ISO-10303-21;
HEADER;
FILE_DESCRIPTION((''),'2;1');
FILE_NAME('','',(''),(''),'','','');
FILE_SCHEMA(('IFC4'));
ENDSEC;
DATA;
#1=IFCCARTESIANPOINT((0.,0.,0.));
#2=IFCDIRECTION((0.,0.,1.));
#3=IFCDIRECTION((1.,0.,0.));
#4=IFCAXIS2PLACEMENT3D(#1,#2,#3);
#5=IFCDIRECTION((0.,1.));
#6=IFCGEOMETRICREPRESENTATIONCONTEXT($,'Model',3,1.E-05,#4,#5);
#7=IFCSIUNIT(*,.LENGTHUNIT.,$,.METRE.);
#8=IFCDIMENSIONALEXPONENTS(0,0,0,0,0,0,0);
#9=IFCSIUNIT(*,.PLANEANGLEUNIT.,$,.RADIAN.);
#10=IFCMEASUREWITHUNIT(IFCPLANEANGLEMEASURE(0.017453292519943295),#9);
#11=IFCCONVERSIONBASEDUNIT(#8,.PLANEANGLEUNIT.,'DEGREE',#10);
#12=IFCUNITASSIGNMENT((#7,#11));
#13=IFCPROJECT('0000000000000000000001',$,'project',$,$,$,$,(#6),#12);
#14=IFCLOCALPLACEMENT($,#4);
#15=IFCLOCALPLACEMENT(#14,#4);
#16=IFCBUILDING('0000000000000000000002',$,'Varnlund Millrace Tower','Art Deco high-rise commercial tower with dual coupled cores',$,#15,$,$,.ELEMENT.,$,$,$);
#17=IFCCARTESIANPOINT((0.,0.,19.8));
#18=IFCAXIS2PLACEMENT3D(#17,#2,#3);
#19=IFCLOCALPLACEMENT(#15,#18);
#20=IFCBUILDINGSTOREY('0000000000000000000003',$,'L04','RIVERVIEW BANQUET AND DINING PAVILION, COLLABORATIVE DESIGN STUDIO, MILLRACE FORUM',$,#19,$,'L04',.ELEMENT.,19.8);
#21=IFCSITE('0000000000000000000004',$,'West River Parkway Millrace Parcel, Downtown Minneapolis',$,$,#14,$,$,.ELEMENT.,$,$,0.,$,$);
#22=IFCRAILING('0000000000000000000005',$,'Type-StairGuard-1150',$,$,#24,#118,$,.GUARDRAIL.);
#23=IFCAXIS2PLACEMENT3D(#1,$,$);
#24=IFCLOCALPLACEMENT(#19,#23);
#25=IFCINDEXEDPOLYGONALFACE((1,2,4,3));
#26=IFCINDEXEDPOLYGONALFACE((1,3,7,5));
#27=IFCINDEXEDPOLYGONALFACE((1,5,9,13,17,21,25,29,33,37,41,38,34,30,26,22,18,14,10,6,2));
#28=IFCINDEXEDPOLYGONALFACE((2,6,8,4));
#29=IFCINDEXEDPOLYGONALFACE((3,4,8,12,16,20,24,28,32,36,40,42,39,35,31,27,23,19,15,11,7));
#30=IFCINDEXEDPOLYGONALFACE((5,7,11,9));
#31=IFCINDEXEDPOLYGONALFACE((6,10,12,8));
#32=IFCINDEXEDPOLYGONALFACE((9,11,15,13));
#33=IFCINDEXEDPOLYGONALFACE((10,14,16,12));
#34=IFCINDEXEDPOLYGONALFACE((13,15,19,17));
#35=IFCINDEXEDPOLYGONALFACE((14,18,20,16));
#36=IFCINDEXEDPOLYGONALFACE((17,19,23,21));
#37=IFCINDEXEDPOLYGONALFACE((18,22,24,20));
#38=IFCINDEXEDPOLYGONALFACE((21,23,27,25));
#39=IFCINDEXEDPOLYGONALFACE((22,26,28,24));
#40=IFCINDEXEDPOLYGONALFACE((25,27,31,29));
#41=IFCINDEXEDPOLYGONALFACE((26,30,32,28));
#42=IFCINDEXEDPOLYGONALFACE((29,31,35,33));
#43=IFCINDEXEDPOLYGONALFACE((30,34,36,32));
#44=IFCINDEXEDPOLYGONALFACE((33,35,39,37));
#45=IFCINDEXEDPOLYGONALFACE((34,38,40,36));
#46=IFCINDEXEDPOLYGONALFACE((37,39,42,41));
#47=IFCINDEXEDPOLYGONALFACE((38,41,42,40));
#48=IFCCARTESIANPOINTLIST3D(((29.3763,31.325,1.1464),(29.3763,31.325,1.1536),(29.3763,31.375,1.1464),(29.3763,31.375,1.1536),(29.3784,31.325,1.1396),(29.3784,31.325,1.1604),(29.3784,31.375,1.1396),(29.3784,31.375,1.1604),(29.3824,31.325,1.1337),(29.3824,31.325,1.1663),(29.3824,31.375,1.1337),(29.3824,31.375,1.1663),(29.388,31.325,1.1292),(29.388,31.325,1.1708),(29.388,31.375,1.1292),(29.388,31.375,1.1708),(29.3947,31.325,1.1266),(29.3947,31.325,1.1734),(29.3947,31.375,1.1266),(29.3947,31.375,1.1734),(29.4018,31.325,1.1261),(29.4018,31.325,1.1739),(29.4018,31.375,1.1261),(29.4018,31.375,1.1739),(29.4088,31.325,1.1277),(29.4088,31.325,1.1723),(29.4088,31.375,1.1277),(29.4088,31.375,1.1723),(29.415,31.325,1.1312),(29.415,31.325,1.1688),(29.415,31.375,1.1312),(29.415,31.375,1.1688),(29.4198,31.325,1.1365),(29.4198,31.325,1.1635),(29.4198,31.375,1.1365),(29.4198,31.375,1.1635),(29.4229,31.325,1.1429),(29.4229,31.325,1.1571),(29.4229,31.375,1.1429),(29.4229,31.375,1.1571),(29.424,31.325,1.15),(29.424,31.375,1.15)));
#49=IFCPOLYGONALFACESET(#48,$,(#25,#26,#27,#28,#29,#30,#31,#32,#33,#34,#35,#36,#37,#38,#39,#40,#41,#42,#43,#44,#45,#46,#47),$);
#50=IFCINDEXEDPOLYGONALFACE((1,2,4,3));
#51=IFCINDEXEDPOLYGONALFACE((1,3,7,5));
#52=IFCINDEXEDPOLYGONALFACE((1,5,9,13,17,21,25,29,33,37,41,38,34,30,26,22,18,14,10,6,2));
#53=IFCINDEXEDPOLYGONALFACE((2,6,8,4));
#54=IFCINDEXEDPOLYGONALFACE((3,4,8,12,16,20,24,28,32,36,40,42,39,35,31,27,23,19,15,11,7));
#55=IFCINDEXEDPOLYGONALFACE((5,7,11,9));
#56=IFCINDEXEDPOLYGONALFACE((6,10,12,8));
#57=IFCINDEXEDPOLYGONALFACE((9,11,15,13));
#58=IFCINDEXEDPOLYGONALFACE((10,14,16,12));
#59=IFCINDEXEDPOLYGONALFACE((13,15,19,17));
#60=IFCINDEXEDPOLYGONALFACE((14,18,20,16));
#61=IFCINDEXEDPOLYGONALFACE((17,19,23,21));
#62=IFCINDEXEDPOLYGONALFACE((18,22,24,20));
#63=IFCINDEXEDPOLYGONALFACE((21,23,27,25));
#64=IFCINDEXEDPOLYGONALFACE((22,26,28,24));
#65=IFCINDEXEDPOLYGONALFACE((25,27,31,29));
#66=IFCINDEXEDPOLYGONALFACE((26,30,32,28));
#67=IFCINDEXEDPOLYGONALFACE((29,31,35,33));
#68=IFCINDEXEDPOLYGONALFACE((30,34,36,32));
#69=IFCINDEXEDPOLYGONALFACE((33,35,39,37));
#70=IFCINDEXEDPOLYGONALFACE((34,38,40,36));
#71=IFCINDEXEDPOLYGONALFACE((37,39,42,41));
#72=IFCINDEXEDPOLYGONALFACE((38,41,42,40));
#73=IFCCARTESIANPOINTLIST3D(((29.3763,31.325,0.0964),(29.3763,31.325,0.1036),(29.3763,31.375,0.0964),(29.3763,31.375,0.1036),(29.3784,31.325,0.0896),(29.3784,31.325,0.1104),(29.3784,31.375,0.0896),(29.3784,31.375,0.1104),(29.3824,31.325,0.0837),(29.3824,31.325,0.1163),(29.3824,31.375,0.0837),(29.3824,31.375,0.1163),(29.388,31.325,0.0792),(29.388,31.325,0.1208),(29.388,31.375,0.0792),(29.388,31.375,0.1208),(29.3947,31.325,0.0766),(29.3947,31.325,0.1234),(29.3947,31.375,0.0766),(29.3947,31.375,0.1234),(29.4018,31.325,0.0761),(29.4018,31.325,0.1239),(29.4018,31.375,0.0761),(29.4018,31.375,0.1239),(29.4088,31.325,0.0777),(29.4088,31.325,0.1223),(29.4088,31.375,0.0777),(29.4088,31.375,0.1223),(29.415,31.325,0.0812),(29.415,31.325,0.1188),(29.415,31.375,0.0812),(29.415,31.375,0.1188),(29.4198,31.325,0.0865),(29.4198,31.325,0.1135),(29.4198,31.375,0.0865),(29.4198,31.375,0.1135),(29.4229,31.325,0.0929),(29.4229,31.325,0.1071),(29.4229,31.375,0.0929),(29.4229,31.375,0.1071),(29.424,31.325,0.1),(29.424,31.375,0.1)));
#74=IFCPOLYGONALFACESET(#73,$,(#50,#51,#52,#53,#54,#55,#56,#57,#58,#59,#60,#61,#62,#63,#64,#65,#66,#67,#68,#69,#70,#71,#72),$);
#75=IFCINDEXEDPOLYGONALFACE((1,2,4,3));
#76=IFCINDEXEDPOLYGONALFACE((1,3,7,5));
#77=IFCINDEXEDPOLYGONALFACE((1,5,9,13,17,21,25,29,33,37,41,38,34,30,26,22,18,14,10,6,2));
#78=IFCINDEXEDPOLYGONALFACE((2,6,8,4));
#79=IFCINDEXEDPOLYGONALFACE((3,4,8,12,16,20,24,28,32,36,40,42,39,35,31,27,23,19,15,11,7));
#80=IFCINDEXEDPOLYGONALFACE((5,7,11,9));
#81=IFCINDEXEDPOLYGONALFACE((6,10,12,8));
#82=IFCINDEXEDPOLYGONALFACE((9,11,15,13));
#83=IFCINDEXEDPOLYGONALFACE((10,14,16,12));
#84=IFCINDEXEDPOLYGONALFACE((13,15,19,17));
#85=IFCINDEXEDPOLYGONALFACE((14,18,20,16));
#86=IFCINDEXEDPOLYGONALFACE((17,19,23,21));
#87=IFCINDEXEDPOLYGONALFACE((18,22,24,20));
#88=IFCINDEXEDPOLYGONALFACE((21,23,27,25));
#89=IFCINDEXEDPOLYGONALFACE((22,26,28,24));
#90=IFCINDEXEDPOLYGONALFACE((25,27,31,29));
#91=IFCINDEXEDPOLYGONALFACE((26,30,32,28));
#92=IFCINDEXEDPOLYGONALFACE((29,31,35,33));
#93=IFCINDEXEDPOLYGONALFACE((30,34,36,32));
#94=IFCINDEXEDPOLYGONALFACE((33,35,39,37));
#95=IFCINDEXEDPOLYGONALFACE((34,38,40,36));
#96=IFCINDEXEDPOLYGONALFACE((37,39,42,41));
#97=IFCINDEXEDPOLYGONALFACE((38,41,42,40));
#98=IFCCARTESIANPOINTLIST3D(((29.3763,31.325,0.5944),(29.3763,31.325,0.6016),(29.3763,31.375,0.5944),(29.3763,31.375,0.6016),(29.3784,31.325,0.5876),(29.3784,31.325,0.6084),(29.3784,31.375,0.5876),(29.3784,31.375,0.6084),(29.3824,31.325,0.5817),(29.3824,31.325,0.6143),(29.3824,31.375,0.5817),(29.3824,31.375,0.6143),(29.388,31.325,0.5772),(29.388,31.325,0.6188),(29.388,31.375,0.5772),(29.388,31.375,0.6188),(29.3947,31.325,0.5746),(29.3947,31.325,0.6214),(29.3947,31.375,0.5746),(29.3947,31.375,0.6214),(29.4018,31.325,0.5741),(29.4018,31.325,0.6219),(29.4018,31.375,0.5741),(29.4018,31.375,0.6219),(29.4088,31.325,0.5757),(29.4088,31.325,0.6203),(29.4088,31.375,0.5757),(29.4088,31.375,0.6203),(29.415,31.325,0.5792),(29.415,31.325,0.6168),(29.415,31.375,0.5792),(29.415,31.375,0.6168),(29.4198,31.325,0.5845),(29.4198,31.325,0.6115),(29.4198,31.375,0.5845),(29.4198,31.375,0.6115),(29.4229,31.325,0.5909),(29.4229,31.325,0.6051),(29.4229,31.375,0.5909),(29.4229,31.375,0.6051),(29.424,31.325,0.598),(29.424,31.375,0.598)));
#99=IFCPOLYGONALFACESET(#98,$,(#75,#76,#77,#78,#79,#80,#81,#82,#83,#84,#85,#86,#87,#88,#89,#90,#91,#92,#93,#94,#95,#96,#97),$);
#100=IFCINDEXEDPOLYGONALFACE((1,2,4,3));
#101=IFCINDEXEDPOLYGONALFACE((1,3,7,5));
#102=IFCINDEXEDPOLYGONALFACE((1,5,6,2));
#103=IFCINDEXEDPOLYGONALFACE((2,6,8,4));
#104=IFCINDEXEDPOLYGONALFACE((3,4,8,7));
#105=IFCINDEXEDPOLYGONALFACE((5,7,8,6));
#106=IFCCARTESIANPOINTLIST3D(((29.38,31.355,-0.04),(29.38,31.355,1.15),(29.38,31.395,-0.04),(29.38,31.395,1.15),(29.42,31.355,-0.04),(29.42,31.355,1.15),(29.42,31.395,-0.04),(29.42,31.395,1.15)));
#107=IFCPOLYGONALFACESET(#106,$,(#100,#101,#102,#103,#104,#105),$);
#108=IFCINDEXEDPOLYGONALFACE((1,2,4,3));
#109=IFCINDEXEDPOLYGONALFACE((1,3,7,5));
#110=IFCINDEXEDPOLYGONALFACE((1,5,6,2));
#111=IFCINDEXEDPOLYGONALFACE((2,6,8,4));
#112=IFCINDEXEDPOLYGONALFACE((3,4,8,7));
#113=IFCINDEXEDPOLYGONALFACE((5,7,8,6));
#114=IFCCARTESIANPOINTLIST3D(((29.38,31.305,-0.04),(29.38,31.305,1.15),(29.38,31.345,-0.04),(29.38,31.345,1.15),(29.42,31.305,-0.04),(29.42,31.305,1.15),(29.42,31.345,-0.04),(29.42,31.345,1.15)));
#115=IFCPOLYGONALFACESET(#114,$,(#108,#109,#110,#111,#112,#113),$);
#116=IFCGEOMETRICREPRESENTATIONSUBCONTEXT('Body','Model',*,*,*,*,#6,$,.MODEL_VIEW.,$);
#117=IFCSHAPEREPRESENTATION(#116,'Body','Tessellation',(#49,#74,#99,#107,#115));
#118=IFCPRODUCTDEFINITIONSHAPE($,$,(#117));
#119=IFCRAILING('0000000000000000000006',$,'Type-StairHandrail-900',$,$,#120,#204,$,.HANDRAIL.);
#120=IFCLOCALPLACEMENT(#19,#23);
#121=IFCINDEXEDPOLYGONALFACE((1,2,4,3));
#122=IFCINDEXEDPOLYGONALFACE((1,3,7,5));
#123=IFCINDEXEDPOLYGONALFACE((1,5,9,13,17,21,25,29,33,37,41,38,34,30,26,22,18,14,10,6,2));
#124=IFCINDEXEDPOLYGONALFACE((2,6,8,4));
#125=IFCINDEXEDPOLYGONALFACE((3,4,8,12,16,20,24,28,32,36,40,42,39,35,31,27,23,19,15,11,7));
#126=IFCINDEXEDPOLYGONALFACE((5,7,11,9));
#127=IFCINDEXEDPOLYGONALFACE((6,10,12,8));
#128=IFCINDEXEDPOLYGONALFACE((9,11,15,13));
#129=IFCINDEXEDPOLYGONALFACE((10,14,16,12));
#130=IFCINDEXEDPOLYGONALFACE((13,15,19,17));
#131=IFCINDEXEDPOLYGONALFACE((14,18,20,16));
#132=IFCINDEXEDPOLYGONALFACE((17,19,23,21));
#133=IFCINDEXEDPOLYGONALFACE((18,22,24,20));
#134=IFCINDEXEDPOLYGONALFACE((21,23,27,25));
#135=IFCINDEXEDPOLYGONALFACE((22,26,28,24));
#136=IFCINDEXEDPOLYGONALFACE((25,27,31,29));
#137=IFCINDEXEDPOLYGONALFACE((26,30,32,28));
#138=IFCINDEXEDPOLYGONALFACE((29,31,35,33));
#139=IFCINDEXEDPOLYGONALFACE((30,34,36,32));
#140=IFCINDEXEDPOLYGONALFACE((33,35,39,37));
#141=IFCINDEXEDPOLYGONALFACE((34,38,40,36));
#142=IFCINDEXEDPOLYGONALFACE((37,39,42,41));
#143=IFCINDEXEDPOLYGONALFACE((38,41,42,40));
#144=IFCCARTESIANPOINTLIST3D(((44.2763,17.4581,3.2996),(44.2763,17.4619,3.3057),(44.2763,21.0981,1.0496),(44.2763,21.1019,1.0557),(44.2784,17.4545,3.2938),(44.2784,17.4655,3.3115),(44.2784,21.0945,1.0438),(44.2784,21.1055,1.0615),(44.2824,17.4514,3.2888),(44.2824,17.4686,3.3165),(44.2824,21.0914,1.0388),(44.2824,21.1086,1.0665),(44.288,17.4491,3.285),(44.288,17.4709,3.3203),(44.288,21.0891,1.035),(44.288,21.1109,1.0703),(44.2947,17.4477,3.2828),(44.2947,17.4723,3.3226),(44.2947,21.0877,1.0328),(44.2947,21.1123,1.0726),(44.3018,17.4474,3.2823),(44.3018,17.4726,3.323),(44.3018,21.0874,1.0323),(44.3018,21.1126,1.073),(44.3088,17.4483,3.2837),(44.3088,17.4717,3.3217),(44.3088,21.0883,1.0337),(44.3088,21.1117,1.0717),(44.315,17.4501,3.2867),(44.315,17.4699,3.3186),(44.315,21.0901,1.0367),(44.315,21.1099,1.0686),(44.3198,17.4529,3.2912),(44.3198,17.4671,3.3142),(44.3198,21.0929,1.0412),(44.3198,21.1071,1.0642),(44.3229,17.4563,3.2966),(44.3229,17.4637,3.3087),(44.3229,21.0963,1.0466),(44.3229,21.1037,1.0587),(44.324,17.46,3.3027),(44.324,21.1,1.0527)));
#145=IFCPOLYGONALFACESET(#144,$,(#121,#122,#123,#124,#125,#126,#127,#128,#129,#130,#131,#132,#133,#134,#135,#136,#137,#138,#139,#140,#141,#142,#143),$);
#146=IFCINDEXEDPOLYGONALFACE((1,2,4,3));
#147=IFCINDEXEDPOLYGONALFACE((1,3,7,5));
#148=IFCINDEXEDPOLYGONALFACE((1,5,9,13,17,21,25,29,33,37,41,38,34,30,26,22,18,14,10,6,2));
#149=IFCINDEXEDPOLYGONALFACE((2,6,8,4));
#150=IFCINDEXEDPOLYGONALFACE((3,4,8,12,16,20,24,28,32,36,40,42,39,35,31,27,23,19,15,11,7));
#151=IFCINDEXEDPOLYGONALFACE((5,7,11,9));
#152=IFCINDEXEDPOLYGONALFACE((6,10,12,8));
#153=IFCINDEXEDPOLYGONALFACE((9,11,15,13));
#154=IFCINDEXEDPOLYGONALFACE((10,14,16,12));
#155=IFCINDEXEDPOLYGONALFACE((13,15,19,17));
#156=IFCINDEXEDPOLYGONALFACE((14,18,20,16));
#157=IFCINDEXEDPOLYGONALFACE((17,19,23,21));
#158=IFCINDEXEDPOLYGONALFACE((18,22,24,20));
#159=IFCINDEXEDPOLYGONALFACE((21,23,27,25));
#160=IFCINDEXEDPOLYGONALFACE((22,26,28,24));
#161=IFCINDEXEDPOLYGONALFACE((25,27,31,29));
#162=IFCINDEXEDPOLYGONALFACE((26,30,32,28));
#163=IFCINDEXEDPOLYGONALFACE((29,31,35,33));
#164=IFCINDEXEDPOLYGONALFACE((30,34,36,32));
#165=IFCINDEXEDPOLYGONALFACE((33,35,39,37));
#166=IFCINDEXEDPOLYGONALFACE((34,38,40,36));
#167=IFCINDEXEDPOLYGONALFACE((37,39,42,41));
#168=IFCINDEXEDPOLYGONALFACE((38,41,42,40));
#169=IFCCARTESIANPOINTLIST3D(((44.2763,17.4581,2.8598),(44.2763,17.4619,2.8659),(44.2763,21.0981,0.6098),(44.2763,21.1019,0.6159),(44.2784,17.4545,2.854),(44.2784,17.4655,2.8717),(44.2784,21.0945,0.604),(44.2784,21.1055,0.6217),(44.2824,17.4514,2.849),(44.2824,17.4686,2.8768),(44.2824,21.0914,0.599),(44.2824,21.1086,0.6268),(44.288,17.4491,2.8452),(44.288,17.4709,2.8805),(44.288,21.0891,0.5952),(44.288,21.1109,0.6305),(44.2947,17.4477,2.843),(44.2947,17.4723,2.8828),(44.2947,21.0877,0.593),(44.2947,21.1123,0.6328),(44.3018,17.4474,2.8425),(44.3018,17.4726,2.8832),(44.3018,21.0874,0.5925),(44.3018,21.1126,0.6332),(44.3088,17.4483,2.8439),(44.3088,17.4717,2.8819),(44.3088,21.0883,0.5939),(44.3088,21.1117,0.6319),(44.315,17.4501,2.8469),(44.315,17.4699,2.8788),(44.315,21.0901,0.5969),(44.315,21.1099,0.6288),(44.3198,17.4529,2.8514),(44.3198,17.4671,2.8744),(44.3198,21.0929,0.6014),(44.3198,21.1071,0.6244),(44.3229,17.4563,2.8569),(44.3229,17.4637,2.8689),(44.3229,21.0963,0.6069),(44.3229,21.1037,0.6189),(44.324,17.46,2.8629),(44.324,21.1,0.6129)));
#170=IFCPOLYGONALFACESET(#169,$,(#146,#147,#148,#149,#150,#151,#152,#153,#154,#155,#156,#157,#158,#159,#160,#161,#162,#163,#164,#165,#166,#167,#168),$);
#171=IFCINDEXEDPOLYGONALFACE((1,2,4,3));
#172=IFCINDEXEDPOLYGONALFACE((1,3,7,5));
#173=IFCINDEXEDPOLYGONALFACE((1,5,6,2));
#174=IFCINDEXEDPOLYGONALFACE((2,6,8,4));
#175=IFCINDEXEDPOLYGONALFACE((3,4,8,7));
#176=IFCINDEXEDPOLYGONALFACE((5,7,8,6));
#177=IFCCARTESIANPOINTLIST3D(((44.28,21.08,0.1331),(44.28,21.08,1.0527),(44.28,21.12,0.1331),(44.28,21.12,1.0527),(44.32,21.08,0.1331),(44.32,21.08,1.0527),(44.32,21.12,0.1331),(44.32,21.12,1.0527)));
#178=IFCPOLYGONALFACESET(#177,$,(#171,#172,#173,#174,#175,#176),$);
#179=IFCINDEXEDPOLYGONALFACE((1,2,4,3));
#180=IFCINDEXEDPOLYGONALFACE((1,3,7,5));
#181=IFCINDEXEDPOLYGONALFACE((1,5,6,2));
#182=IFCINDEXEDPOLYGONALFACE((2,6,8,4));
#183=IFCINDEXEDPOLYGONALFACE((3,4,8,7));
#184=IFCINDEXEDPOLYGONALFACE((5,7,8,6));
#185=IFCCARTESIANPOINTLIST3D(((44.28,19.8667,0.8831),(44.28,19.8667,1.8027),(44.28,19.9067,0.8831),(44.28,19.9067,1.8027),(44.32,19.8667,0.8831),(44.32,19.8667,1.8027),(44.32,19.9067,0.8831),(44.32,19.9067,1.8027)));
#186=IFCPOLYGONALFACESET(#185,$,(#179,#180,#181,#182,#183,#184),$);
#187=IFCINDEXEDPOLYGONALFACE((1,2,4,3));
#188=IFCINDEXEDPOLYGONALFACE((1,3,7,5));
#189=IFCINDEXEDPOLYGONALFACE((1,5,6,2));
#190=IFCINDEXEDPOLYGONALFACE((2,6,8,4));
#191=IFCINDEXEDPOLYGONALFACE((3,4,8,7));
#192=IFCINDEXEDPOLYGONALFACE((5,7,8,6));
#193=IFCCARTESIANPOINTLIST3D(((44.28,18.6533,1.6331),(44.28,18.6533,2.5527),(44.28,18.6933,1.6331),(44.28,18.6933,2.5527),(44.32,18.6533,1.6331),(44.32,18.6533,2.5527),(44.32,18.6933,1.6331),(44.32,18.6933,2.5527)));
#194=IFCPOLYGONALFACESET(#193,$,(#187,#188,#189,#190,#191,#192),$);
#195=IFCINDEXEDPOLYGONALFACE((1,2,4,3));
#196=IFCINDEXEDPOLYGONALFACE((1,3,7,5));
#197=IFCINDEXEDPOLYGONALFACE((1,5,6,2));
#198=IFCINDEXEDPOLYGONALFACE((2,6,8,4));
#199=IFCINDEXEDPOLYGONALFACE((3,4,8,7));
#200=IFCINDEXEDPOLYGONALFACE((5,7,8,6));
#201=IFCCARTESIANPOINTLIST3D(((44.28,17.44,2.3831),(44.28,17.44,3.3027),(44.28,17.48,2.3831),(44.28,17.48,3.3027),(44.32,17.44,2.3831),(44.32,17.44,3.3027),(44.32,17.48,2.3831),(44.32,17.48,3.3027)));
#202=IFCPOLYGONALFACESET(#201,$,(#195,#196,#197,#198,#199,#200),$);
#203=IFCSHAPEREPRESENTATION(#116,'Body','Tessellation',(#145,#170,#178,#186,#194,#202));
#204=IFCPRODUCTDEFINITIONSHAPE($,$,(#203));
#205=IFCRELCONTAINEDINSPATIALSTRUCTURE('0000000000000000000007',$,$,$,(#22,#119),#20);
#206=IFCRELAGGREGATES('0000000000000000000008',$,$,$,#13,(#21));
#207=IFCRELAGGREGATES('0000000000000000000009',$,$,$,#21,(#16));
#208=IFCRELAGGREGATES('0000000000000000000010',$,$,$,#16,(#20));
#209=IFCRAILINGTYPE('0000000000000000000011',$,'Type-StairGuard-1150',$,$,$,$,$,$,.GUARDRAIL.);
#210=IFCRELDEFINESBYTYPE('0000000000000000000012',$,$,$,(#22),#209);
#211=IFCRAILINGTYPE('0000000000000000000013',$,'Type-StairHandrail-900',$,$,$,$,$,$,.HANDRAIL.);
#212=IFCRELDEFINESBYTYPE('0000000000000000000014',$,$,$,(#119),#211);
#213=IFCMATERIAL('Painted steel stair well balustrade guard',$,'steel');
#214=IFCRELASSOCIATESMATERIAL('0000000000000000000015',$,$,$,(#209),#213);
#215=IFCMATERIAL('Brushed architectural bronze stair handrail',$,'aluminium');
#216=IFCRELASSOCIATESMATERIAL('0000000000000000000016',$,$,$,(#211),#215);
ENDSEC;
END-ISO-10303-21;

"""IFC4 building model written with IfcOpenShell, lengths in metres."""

from ifc_helpers import new_model, entity, si_unit, converted_unit, direction, frame, origin_with_axes, origin_2d_with_axis, place, context, subcontext, project, spatial, rectangle, circle, extrude, material, type_object, element, save


model = new_model("IFC4")

# Units and contexts
model_context = context("Model", 3, precision=1e-05, world=origin_with_axes(), true_north=direction((0.0, 1.0)))
body_context = subcontext(model_context, "Body", "Model", "MODEL_VIEW")
ifc_project = project(units=[si_unit("LENGTHUNIT", "METRE"), converted_unit("PLANEANGLEUNIT", "DEGREE", entity("IfcPlaneAngleMeasure", 0.017453292519943295), si_unit("PLANEANGLEUNIT", "RADIAN"), dimensions=[0, 0, 0, 0, 0, 0, 0])], contexts=[model_context])

# Site, building, storey
site_placement = place(None, origin_with_axes())
site = spatial("IfcSite", under=ifc_project, at=site_placement, Name="West River Parkway Millrace Parcel, Downtown Minneapolis", CompositionType="ELEMENT", RefElevation=0.0)
building_placement = place(site_placement, origin_with_axes())
building = spatial("IfcBuilding", under=site, at=building_placement, Name="Varnlund Millrace Tower", Description="Art Deco high-rise commercial tower with dual coupled cores", CompositionType="ELEMENT")
storey_placement = place(building_placement, frame((0.0, 0.0, 19.8), z_axis=(0.0, 0.0, 1.0), x_axis=(1.0, 0.0, 0.0)))
storey = spatial("IfcBuildingStorey", under=building, at=storey_placement, Name="L04", Description="RIVERVIEW BANQUET AND DINING PAVILION, COLLABORATIVE DESIGN STUDIO, MILLRACE FORUM", LongName="L04", CompositionType="ELEMENT", Elevation=19.8)

# Railings
ifc_material_1 = material(Name="Painted steel stair well balustrade guard", Category="steel")
railing_type_1 = type_object("IfcRailingType", Name="Type-StairGuard-1150", PredefinedType="GUARDRAIL", material=ifc_material_1)
railing_1_placement = place(storey_placement, frame((0.0, 0.0, -19.8), z_axis=(0.0, 0.0, 1.0), x_axis=(1.0, 0.0, 0.0)))
element("IfcRailing", 1, at=railing_1_placement, inside=storey, type_object=railing_type_1, Name="Type-StairGuard-1150", PredefinedType="GUARDRAIL", context=body_context, shape_type="SweptSolid", body=[
    extrude(circle(Radius=0.024, at=origin_2d_with_axis()), frame((29.4, 31.375, 20.95), z_axis=(0.0, -1.0, 0.0), x_axis=(1.0, 0.0, 0.0)), (0.0, 0.0, 1.0), 0.05),
    extrude(circle(Radius=0.024, at=origin_2d_with_axis()), frame((29.4, 31.375, 19.9), z_axis=(0.0, -1.0, 0.0), x_axis=(1.0, 0.0, 0.0)), (0.0, 0.0, 1.0), 0.05),
    extrude(circle(Radius=0.024, at=origin_2d_with_axis()), frame((29.4, 31.375, 20.398), z_axis=(0.0, -1.0, 0.0), x_axis=(1.0, 0.0, 0.0)), (0.0, 0.0, 1.0), 0.05),
    extrude(rectangle(XDim=0.04, YDim=0.04, at=origin_2d_with_axis()), frame((29.4, 31.375, 19.76), z_axis=(0.0, 0.0, 1.0), x_axis=(1.0, 0.0, 0.0)), (0.0, 0.0, 1.0), 1.19),
    extrude(rectangle(XDim=0.04, YDim=0.04, at=origin_2d_with_axis()), frame((29.4, 31.325, 19.76), z_axis=(0.0, 0.0, 1.0), x_axis=(1.0, 0.0, 0.0)), (0.0, 0.0, 1.0), 1.19),
])
ifc_material_2 = material(Name="Brushed architectural bronze stair handrail", Category="aluminium")
railing_type_2 = type_object("IfcRailingType", Name="Type-StairHandrail-900", PredefinedType="HANDRAIL", material=ifc_material_2)
railing_2_placement = place(storey_placement, frame((0.0, 0.0, -19.8), z_axis=(0.0, 0.0, 1.0), x_axis=(1.0, 0.0, 0.0)))
element("IfcRailing", 2, at=railing_2_placement, inside=storey, type_object=railing_type_2, Name="Type-StairHandrail-900", PredefinedType="HANDRAIL", context=body_context, shape_type="SweptSolid", body=[
    extrude(circle(Radius=0.024, at=origin_2d_with_axis()), frame((44.3, 21.1, 20.8527), z_axis=(0.0, -0.850614, 0.525791), x_axis=(1.0, 0.0, 0.0)), (0.0, 0.0, 1.0), 4.2793),
    extrude(circle(Radius=0.024, at=origin_2d_with_axis()), frame((44.3, 21.1, 20.4129), z_axis=(0.0, -0.850614, 0.525791), x_axis=(1.0, 0.0, 0.0)), (0.0, 0.0, 1.0), 4.2793),
    extrude(rectangle(XDim=0.04, YDim=0.04, at=origin_2d_with_axis()), frame((44.3, 21.1, 19.9331), z_axis=(0.0, 0.0, 1.0), x_axis=(1.0, 0.0, 0.0)), (0.0, 0.0, 1.0), 0.9196),
    extrude(rectangle(XDim=0.04, YDim=0.04, at=origin_2d_with_axis()), frame((44.3, 19.8867, 20.6831), z_axis=(0.0, 0.0, 1.0), x_axis=(1.0, 0.0, 0.0)), (0.0, 0.0, 1.0), 0.9196),
    extrude(rectangle(XDim=0.04, YDim=0.04, at=origin_2d_with_axis()), frame((44.3, 18.6733, 21.4331), z_axis=(0.0, 0.0, 1.0), x_axis=(1.0, 0.0, 0.0)), (0.0, 0.0, 1.0), 0.9196),
    extrude(rectangle(XDim=0.04, YDim=0.04, at=origin_2d_with_axis()), frame((44.3, 17.46, 22.1831), z_axis=(0.0, 0.0, 1.0), x_axis=(1.0, 0.0, 0.0)), (0.0, 0.0, 1.0), 0.9196),
])

save(model, "model.ifc")
